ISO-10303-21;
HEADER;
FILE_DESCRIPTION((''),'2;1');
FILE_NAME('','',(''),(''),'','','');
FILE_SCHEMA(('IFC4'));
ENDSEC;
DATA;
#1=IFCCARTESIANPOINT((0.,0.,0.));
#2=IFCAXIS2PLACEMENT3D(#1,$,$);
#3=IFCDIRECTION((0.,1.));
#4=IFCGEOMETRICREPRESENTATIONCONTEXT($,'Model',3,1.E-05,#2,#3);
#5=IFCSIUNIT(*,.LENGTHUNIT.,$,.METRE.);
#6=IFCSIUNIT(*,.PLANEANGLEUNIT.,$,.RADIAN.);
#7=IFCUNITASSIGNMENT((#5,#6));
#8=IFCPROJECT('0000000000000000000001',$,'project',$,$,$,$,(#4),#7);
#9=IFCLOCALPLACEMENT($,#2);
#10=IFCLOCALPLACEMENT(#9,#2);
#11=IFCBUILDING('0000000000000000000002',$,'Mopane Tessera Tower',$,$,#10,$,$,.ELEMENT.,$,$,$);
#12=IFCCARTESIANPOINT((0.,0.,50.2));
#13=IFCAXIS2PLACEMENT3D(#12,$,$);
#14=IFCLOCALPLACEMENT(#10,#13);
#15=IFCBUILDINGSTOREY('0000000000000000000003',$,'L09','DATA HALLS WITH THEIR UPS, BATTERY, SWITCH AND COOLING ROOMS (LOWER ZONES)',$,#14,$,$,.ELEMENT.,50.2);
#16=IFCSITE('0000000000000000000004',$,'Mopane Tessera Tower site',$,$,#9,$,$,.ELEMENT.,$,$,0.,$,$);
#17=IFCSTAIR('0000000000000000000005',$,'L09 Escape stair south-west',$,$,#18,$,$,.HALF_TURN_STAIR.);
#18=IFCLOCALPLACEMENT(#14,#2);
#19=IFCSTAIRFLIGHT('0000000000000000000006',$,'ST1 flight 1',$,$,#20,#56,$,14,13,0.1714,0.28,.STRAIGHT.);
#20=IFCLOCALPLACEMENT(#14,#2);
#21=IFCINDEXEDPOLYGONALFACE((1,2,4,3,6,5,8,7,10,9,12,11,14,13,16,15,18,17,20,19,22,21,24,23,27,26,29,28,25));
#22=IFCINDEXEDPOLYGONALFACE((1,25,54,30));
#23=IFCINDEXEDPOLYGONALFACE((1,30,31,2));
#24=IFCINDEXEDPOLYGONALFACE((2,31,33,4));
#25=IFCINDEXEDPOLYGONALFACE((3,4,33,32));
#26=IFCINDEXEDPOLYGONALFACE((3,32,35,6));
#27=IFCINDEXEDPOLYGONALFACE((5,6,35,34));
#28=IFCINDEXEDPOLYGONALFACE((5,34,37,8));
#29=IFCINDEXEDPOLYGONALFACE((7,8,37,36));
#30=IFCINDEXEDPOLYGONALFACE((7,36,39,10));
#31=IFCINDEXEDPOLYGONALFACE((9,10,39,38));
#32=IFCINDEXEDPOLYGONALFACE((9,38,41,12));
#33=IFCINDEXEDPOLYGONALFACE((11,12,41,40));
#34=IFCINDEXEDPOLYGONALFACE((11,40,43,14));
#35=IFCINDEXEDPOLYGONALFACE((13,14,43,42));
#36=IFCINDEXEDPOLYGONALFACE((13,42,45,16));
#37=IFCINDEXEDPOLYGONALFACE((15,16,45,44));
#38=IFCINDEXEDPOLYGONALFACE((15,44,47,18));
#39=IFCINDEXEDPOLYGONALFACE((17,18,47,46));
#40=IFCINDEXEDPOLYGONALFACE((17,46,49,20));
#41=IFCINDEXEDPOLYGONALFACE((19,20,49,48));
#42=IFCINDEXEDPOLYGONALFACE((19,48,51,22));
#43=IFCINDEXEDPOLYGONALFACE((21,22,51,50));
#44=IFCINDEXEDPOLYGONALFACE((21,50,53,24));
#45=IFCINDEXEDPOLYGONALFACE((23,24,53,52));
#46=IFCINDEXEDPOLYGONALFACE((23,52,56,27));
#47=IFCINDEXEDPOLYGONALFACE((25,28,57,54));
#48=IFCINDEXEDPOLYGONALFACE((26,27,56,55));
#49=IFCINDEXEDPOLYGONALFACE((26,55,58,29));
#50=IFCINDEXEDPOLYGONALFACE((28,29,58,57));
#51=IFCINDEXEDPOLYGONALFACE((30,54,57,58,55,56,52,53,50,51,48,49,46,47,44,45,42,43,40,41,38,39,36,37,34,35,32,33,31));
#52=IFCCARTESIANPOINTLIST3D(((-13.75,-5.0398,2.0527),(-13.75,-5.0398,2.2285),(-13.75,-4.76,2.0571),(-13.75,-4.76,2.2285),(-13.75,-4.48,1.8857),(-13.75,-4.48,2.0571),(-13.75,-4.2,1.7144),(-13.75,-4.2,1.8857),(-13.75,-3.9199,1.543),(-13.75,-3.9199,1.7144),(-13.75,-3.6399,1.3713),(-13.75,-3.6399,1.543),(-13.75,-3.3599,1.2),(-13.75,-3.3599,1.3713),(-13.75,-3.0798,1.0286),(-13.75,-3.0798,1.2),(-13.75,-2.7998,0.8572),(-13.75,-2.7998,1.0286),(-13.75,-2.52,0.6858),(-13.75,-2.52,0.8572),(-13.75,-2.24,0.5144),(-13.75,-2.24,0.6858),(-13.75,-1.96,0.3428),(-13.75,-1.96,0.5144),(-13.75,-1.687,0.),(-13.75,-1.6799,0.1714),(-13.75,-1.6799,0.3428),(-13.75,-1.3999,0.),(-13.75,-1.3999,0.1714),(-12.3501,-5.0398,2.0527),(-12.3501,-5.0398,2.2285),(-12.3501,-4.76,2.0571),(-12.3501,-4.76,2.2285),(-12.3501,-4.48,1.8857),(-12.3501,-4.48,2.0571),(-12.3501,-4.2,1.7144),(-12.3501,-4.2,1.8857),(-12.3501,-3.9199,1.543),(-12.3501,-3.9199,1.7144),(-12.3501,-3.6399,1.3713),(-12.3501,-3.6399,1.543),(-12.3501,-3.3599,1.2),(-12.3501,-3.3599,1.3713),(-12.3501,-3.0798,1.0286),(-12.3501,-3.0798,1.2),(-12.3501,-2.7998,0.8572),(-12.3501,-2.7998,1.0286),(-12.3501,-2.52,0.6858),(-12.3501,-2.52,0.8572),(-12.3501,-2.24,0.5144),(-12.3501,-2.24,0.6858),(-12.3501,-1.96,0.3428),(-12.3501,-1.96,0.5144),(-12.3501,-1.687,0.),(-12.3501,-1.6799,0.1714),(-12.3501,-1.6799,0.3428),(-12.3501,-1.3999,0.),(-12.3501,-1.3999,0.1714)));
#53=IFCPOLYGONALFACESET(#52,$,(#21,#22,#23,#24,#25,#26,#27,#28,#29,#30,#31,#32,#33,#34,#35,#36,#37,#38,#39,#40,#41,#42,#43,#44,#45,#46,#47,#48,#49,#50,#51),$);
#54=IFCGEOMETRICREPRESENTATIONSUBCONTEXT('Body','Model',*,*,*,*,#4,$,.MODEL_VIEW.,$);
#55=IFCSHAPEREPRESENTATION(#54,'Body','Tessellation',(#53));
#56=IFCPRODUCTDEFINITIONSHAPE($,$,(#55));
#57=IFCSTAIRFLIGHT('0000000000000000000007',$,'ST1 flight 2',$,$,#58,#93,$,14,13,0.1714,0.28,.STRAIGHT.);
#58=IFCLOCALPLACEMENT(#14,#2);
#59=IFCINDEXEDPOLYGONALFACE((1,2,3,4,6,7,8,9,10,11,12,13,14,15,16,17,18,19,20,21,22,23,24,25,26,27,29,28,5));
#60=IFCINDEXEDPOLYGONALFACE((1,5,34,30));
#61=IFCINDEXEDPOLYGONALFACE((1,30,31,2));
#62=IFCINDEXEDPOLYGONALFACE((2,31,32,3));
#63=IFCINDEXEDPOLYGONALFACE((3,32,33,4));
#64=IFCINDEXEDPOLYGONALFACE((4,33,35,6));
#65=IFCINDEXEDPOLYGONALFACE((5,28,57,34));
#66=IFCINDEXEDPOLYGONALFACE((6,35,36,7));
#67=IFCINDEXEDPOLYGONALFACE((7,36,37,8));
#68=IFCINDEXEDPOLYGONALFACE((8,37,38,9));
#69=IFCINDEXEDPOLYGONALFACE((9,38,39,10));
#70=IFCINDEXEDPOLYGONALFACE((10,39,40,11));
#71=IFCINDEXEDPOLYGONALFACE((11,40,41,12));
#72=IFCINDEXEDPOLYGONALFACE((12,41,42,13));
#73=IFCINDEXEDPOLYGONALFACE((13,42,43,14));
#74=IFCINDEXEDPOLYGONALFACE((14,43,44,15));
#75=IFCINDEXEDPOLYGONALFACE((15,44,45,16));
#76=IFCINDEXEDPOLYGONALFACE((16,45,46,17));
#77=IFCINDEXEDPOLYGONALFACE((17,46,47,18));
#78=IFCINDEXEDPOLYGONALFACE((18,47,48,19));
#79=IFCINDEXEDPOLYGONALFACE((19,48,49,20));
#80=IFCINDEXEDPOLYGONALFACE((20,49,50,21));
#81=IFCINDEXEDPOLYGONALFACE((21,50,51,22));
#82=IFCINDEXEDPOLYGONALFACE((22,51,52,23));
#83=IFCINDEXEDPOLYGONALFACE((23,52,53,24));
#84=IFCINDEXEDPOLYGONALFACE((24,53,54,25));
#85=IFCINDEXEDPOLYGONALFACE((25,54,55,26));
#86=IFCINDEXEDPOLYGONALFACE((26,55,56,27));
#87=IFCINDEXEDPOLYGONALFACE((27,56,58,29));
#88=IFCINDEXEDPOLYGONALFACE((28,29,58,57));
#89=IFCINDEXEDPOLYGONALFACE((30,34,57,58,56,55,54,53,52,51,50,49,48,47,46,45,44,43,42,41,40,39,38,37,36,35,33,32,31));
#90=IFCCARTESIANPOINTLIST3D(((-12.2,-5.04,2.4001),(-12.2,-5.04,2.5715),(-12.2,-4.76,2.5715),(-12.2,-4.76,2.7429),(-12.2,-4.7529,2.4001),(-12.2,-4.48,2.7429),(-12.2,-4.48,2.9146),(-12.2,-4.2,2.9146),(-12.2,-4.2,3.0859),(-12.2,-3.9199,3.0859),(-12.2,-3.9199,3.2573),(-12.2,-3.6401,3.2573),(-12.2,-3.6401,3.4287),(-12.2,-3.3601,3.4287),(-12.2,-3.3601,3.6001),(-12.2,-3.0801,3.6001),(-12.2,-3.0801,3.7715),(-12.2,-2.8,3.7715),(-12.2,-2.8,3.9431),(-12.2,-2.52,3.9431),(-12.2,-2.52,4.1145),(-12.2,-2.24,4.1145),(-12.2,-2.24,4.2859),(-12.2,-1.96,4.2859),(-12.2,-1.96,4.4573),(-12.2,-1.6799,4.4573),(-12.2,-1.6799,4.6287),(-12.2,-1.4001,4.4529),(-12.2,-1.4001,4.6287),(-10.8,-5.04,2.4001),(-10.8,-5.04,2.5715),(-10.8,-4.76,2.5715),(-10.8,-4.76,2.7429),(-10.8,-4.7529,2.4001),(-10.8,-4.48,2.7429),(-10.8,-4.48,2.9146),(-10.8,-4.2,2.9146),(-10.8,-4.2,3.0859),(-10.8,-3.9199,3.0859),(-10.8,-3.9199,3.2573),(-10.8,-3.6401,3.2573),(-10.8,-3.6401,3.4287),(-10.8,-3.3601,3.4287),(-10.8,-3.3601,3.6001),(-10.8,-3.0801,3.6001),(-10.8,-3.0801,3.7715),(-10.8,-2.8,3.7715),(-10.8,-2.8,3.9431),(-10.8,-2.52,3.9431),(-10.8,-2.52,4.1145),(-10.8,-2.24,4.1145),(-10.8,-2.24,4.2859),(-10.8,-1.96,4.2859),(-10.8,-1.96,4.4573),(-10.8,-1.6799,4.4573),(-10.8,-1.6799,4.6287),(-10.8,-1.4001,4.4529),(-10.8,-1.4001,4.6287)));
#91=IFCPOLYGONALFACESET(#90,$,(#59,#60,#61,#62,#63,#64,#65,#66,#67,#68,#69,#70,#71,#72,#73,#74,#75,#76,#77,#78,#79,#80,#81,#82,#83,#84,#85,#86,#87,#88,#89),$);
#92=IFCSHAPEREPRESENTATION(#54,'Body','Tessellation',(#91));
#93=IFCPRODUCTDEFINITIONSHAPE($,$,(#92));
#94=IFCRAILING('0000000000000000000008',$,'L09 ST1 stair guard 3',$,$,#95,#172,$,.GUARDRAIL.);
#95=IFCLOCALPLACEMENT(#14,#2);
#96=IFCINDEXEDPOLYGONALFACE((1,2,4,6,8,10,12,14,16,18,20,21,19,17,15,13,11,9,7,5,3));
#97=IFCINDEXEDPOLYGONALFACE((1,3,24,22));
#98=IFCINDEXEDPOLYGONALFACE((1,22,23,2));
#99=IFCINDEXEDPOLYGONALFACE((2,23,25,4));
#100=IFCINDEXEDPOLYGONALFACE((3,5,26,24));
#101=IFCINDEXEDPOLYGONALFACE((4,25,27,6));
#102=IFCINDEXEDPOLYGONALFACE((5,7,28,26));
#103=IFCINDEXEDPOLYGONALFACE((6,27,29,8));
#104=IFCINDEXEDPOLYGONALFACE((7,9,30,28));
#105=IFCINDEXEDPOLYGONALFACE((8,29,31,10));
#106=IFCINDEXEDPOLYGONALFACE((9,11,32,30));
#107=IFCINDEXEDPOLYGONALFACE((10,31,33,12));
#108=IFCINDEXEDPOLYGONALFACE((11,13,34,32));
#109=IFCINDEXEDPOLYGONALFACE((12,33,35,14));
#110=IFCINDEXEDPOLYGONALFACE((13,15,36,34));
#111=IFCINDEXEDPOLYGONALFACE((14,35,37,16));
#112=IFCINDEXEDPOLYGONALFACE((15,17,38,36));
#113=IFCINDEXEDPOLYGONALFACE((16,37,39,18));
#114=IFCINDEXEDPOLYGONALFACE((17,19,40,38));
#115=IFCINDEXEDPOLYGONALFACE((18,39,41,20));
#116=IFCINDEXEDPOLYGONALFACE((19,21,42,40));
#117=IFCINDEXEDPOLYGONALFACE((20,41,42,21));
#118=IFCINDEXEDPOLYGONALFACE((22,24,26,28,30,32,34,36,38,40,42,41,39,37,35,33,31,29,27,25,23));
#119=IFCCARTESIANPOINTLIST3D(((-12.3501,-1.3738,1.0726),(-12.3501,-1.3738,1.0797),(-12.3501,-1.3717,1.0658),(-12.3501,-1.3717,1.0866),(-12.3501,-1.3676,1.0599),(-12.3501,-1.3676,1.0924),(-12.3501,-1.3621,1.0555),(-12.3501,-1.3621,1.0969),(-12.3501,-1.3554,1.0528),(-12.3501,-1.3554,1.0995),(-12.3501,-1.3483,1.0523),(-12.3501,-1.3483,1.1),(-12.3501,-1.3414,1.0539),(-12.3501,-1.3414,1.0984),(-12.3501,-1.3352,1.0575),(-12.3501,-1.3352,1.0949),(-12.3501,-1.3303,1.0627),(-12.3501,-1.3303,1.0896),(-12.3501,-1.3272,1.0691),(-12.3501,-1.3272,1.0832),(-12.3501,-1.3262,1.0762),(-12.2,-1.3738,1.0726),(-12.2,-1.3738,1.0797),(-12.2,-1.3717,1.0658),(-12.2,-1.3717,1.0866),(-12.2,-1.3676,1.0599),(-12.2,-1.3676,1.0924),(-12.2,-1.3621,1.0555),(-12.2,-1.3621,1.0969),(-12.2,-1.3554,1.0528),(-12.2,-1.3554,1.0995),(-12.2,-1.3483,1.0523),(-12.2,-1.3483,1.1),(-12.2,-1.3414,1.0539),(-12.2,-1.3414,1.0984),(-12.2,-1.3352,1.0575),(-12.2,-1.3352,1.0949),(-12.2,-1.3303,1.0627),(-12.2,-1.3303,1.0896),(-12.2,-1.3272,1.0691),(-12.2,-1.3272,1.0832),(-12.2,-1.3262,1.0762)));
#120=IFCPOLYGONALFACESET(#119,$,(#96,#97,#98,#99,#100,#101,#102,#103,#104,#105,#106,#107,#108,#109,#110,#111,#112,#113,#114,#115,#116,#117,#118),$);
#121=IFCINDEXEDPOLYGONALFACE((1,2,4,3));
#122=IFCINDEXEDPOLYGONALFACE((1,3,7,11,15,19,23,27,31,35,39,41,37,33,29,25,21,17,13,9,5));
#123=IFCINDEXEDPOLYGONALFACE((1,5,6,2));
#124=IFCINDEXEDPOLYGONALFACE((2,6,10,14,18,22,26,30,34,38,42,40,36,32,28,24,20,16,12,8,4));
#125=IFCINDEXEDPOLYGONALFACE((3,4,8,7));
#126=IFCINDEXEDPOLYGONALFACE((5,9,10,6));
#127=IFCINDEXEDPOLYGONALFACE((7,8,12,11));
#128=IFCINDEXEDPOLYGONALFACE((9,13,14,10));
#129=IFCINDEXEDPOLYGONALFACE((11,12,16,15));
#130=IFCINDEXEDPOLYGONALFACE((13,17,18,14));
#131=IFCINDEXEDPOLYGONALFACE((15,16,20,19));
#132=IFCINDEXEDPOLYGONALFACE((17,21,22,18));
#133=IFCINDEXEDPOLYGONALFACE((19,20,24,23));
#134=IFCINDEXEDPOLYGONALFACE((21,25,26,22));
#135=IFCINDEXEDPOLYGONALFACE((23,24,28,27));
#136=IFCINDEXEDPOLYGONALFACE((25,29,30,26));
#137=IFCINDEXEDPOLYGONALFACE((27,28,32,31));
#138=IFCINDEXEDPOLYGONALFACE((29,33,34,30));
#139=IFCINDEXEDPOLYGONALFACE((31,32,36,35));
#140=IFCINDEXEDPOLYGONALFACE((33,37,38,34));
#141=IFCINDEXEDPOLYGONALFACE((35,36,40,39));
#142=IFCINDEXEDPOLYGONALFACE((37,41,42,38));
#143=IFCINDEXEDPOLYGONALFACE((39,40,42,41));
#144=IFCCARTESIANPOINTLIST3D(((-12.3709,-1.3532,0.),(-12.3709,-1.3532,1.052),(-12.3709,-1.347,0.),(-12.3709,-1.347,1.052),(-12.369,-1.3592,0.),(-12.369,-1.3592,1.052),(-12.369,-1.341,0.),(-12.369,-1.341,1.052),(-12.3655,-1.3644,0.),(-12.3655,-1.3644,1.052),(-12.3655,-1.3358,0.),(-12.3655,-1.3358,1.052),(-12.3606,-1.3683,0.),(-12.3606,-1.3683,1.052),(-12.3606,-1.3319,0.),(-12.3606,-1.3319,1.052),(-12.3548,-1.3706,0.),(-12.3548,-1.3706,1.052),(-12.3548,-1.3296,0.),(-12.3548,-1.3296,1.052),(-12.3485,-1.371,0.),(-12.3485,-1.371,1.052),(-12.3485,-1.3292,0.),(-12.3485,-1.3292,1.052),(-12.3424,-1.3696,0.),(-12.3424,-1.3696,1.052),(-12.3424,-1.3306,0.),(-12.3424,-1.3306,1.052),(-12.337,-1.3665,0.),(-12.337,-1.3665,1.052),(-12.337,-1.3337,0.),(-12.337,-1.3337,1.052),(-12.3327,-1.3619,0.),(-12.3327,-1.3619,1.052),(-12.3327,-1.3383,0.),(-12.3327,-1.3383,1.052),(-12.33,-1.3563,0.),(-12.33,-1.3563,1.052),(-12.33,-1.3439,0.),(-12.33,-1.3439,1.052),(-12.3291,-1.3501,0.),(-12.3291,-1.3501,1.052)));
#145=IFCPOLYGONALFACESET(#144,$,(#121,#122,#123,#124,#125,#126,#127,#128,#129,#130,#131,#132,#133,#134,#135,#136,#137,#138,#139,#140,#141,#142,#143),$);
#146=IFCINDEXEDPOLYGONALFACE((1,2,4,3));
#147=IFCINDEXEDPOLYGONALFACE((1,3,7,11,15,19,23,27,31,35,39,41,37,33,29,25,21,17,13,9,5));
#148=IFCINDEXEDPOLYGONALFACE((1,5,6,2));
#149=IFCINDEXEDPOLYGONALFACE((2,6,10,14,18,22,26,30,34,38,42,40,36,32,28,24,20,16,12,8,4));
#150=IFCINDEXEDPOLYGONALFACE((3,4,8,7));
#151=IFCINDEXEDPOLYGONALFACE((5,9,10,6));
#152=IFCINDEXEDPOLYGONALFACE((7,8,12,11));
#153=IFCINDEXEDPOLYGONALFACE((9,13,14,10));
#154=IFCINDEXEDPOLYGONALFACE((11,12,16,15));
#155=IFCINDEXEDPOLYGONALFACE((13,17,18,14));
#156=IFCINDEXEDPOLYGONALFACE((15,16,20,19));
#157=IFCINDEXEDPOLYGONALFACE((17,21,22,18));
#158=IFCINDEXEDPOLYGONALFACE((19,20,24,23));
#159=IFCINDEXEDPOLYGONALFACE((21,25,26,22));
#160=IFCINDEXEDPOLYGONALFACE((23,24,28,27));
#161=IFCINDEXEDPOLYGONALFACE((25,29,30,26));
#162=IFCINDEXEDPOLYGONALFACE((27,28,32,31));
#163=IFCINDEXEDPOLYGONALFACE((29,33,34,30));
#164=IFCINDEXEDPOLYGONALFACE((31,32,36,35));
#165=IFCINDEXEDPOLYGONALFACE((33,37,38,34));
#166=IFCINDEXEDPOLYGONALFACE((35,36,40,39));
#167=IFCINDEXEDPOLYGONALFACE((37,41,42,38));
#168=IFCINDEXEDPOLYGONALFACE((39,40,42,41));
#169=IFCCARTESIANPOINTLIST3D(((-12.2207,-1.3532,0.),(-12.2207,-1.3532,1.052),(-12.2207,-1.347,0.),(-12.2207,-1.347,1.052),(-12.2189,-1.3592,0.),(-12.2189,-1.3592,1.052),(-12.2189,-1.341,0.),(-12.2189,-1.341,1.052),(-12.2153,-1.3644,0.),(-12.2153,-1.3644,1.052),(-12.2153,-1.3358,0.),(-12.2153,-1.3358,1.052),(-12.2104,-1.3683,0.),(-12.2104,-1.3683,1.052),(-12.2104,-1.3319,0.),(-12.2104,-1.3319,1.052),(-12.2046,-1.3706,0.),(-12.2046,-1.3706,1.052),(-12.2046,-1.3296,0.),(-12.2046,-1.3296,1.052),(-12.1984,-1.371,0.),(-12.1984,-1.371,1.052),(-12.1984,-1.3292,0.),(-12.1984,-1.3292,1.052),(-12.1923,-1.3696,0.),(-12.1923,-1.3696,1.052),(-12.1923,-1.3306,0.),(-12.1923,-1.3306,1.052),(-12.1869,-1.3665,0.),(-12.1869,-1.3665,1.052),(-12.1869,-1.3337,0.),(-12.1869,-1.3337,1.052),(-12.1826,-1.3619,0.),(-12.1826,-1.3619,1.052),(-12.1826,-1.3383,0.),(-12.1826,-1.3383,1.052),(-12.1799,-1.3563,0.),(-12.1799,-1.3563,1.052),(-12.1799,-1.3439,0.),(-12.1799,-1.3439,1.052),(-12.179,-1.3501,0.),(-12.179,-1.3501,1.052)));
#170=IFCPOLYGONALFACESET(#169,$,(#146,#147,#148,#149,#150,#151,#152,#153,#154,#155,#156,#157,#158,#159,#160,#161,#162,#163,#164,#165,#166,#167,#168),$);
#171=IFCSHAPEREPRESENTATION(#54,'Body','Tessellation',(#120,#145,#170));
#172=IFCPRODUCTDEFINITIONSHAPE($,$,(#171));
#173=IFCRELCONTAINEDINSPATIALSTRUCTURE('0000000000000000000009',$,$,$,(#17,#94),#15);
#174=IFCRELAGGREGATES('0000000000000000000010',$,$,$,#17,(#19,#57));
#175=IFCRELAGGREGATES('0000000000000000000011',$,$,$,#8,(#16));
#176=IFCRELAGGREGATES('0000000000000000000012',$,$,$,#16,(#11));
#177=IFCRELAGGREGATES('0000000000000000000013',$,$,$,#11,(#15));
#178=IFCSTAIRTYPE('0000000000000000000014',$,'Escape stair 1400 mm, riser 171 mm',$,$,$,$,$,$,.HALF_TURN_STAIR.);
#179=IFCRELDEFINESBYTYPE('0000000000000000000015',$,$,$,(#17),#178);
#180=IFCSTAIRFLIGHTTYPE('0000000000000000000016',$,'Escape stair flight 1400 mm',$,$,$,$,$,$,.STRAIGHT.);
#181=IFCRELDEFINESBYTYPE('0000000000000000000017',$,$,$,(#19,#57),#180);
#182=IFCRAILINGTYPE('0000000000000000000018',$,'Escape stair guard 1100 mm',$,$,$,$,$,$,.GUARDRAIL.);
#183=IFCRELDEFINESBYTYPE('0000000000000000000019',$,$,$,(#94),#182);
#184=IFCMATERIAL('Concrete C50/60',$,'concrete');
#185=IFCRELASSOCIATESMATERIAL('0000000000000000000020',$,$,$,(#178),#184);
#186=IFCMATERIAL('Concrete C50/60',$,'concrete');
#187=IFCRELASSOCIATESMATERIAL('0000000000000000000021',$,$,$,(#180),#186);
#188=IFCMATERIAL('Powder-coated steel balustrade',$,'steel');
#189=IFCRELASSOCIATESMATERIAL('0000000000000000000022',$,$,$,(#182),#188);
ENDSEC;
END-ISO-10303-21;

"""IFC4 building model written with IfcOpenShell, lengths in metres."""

from ifc_helpers import new_model, si_unit, direction, frame, origin, origin_2d, place, context, subcontext, project, spatial, polyline, circle, outline, extrude, material, type_object, element, aggregate, save


model = new_model("IFC4")

# Units and contexts
model_context = context("Model", 3, precision=1e-05, world=origin(), true_north=direction((0.0, 1.0)))
body_context = subcontext(model_context, "Body", "Model", "MODEL_VIEW")
ifc_project = project(units=[si_unit("LENGTHUNIT", "METRE"), si_unit("PLANEANGLEUNIT", "RADIAN")], contexts=[model_context])

# Site, building, storey
site_placement = place(None, origin())
site = spatial("IfcSite", under=ifc_project, at=site_placement, Name="Mopane Tessera Tower site", CompositionType="ELEMENT", RefElevation=0.0)
building_placement = place(site_placement, origin())
building = spatial("IfcBuilding", under=site, at=building_placement, Name="Mopane Tessera Tower", CompositionType="ELEMENT")
storey_placement = place(building_placement, frame((0.0, 0.0, 50.2)))
storey = spatial("IfcBuildingStorey", under=building, at=storey_placement, Name="L09", Description="DATA HALLS WITH THEIR UPS, BATTERY, SWITCH AND COOLING ROOMS (LOWER ZONES)", CompositionType="ELEMENT", Elevation=50.2)

# Stair, stair flights
ifc_material_1 = material(Name="Concrete C50/60", Category="concrete")
stair_type = type_object("IfcStairType", Name="Escape stair 1400 mm, riser 171 mm", PredefinedType="HALF_TURN_STAIR", material=ifc_material_1)
stair_placement = place(storey_placement, origin())
stair = element("IfcStair", 1, at=stair_placement, inside=storey, type_object=stair_type, Name="L09 Escape stair south-west", PredefinedType="HALF_TURN_STAIR")
ifc_material_2 = material(Name="Concrete C50/60", Category="concrete")
stair_flight_type = type_object("IfcStairFlightType", Name="Escape stair flight 1400 mm", PredefinedType="STRAIGHT", material=ifc_material_2)
stair_flight_1_placement = place(storey_placement, frame((-13.05, -1.3999, 0.0), z_axis=(0.0, 0.0, 1.0), x_axis=(0.0, -1.0, 0.0)))
stair_flight_1 = element("IfcStairFlight", 2, at=stair_flight_1_placement, type_object=stair_flight_type, Name="ST1 flight 1", NumberOfRisers=14, NumberOfTreads=13, PredefinedType="STRAIGHT", RiserHeight=0.1714, TreadLength=0.28, context=body_context, shape_type="SweptSolid", body=[
    extrude(outline(polyline([(0.0, 0.0), (0.0, 0.1714), (0.28, 0.1714), (0.28, 0.3428), (0.5601, 0.3428), (0.5601, 0.5144), (0.8401, 0.5144), (0.8401, 0.6858), (1.1201, 0.6858), (1.1201, 0.8572), (1.3999, 0.8572), (1.3999, 1.0286), (1.6799, 1.0286), (1.6799, 1.2), (1.96, 1.2), (1.96, 1.3713), (2.24, 1.3713), (2.24, 1.543), (2.52, 1.543), (2.52, 1.7144), (2.8, 1.7144), (2.8, 1.8857), (3.0801, 1.8857), (3.0801, 2.0571), (3.3601, 2.0571), (3.3601, 2.2285), (3.6399, 2.2285), (3.6399, 2.3999), (3.6399, 2.0527), (0.2871, 0.0), (0.0, 0.0)])), frame((0.0, 0.7, 0.0), z_axis=(0.0, -1.0, 0.0), x_axis=(1.0, 0.0, 0.0)), (0.0, 0.0, 1.0), 1.3999),
])
stair_flight_2_placement = place(storey_placement, frame((-11.5, -5.04, 2.4001), z_axis=(0.0, 0.0, 1.0), x_axis=(0.0, 1.0, 0.0)))
stair_flight_2 = element("IfcStairFlight", 3, at=stair_flight_2_placement, type_object=stair_flight_type, Name="ST1 flight 2", NumberOfRisers=14, NumberOfTreads=13, PredefinedType="STRAIGHT", RiserHeight=0.1714, TreadLength=0.28, context=body_context, shape_type="SweptSolid", body=[
    extrude(outline(polyline([(0.0, 0.0), (0.0, 0.1714), (0.28, 0.1714), (0.28, 0.3428), (0.5601, 0.3428), (0.5601, 0.5144), (0.8401, 0.5144), (0.8401, 0.6858), (1.1201, 0.6858), (1.1201, 0.8572), (1.3999, 0.8572), (1.3999, 1.0286), (1.6799, 1.0286), (1.6799, 1.2), (1.96, 1.2), (1.96, 1.3713), (2.24, 1.3713), (2.24, 1.543), (2.52, 1.543), (2.52, 1.7144), (2.8, 1.7144), (2.8, 1.8857), (3.0801, 1.8857), (3.0801, 2.0571), (3.3601, 2.0571), (3.3601, 2.2285), (3.6399, 2.2285), (3.6399, 2.3999), (3.6399, 2.0527), (0.2871, 0.0), (0.0, 0.0)])), frame((0.0, 0.7, 0.0), z_axis=(0.0, -1.0, 0.0), x_axis=(1.0, 0.0, 0.0)), (0.0, 0.0, 1.0), 1.3999),
])
aggregate(stair, [stair_flight_1, stair_flight_2])

# Railing
ifc_material_3 = material(Name="Powder-coated steel balustrade", Category="steel")
railing_type_1 = type_object("IfcRailingType", Name="Escape stair guard 1100 mm", PredefinedType="GUARDRAIL", material=ifc_material_3)
railing_1_placement = place(storey_placement, frame((-12.3501, -1.3501, 0.0)))
element("IfcRailing", 4, at=railing_1_placement, inside=storey, type_object=railing_type_1, Name="L09 ST1 stair guard 3", PredefinedType="GUARDRAIL", context=body_context, shape_type="SweptSolid", body=[
    extrude(circle(Radius=0.0239, at=origin_2d()), frame((0.0, 0.0, 1.0762), z_axis=(1.0, 0.0, 0.0), x_axis=(0.0, 1.0, 0.0)), (0.0, 0.0, 1.0), 0.1501),
    extrude(circle(Radius=0.021, at=origin_2d()), origin(), (0.0, 0.0, 1.0), 1.052),
    extrude(circle(Radius=0.021, at=origin_2d()), frame((0.1501, 0.0, 0.0)), (0.0, 0.0, 1.0), 1.052),
])

save(model, "model.ifc")
